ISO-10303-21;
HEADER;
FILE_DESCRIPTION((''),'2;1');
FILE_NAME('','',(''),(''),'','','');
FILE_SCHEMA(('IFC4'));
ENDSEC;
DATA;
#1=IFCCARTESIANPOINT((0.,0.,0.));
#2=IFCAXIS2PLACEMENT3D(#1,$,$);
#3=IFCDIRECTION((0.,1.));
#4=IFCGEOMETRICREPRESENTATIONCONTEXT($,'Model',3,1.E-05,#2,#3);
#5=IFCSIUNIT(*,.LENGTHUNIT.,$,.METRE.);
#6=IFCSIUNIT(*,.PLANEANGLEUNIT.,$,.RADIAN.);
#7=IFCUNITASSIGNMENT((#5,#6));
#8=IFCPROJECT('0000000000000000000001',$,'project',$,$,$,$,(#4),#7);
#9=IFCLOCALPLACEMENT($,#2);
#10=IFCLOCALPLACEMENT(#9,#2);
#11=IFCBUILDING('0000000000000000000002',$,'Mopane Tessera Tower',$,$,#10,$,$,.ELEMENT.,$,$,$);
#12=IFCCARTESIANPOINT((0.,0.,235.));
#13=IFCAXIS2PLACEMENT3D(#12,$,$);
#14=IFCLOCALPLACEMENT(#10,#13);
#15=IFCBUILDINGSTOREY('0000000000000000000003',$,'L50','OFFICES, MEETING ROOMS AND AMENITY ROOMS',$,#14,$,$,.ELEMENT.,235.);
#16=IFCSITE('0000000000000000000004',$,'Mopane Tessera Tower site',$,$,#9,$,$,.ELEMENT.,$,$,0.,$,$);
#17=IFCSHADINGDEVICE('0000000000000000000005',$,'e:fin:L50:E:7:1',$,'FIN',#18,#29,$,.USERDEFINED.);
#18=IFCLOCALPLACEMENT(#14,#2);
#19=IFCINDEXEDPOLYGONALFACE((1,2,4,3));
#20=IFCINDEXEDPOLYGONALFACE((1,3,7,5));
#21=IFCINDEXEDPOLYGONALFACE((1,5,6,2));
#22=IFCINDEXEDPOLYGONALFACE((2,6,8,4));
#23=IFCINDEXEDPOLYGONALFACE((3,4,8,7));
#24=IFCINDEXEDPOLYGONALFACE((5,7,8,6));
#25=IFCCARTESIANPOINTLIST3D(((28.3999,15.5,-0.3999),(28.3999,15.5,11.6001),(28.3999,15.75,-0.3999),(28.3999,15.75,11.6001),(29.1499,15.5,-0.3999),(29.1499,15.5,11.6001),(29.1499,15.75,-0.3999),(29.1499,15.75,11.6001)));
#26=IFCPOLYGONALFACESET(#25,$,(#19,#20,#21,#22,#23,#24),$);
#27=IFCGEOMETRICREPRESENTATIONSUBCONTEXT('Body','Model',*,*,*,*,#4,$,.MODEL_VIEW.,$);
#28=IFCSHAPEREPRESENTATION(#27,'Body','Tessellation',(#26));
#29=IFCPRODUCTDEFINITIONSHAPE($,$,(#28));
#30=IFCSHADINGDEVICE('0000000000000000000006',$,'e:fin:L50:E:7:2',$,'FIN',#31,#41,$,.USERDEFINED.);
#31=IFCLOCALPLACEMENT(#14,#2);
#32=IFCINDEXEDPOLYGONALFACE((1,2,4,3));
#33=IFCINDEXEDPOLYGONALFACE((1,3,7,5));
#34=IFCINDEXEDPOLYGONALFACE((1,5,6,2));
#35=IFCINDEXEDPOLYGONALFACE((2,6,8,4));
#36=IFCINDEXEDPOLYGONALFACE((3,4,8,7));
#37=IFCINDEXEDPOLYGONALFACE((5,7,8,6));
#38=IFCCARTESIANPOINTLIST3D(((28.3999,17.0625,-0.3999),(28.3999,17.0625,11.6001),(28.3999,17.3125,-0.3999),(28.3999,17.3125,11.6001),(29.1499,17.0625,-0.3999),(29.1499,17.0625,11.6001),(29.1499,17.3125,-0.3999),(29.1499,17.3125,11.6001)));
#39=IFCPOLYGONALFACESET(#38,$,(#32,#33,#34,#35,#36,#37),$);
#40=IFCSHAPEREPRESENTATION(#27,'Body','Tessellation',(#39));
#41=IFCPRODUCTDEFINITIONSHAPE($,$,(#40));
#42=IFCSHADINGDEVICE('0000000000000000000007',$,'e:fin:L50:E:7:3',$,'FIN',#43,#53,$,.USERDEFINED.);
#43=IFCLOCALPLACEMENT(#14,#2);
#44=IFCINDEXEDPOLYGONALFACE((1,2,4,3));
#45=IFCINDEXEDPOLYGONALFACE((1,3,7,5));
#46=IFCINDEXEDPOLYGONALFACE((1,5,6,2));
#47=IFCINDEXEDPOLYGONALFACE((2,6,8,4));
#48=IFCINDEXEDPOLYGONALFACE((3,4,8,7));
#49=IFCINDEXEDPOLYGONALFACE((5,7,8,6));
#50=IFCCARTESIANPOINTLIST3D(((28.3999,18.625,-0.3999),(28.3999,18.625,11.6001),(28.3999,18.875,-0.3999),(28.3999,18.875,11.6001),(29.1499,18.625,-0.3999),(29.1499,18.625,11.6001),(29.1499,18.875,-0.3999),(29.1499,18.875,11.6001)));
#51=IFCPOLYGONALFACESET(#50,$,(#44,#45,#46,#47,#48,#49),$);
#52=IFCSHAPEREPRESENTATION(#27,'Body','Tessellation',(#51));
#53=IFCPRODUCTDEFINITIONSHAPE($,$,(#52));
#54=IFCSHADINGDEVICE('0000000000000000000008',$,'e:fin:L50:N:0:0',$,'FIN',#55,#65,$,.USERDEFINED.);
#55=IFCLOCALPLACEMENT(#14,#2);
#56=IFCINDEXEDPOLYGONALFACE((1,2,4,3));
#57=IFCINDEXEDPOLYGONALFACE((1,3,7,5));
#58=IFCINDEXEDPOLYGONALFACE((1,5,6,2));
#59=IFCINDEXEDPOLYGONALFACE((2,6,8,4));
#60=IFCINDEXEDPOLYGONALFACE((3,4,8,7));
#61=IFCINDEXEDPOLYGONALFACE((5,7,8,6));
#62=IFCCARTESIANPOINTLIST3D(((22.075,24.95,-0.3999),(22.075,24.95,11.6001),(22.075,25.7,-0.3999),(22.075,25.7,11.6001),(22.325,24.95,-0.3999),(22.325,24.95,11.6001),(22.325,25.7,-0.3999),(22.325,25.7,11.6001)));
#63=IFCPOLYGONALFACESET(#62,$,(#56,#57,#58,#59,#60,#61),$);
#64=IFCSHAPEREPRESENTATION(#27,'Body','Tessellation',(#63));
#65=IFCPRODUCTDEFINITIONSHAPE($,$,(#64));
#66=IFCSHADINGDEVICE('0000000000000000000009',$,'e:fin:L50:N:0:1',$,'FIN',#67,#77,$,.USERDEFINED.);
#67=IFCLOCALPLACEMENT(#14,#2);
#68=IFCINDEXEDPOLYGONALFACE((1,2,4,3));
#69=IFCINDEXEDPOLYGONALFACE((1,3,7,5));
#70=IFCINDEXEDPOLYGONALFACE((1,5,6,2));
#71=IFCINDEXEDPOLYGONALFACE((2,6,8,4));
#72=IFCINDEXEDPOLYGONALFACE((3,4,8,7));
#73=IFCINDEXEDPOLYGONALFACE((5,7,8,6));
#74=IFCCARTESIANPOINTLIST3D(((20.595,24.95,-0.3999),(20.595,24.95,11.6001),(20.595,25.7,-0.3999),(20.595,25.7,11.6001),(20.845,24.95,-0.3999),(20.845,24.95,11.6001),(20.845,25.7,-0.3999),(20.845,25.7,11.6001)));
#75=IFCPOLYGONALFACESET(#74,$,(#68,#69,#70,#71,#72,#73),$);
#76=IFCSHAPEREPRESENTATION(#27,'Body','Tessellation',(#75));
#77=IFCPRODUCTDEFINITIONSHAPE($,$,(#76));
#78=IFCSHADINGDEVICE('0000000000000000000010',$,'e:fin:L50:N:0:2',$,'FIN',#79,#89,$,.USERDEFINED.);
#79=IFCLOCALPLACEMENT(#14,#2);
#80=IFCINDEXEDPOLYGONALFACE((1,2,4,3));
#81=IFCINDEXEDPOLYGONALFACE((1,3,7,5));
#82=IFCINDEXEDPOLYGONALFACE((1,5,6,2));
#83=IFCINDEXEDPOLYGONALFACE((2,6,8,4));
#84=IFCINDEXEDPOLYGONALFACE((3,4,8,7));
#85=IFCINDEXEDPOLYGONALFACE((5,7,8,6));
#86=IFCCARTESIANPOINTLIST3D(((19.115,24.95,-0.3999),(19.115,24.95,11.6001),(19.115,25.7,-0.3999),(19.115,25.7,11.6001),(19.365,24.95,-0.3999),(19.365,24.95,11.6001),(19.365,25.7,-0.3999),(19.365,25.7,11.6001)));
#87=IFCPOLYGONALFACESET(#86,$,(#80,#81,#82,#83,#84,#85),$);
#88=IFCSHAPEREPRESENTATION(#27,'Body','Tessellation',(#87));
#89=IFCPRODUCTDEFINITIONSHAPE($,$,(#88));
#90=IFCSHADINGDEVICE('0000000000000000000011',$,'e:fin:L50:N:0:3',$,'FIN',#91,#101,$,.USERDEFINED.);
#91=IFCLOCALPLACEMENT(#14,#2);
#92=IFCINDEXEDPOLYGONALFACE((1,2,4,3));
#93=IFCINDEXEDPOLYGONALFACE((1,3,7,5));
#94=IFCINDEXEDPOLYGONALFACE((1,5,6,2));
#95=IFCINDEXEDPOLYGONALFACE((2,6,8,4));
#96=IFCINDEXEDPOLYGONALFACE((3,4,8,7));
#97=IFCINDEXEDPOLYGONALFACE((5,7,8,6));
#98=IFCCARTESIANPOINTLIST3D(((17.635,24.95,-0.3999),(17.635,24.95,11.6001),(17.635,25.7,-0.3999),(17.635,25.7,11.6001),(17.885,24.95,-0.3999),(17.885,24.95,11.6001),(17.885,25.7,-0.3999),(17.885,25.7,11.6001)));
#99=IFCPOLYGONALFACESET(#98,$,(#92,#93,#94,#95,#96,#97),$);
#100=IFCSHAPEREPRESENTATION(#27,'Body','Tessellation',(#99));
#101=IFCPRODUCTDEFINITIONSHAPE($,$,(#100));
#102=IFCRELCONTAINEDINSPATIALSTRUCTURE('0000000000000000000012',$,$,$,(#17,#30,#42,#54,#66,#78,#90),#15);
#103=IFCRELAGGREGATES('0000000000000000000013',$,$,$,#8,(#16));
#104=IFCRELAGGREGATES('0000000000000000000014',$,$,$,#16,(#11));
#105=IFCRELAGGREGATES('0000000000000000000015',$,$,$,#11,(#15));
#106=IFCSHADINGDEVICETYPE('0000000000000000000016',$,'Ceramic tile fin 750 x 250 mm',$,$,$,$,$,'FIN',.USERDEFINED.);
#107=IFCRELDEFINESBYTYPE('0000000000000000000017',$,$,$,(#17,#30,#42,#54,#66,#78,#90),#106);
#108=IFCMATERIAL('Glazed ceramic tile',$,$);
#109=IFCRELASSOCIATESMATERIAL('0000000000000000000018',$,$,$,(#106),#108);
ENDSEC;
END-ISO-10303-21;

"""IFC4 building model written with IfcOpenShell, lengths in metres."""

from ifc_helpers import new_model, si_unit, direction, frame, origin, origin_2d, place, context, subcontext, project, spatial, rectangle, extrude, material, type_object, element, save


model = new_model("IFC4")

# Units and contexts
model_context = context("Model", 3, precision=1e-05, world=origin(), true_north=direction((0.0, 1.0)))
body_context = subcontext(model_context, "Body", "Model", "MODEL_VIEW")
ifc_project = project(units=[si_unit("LENGTHUNIT", "METRE"), si_unit("PLANEANGLEUNIT", "RADIAN")], contexts=[model_context])

# Site, building, storey
site_placement = place(None, origin())
site = spatial("IfcSite", under=ifc_project, at=site_placement, Name="Mopane Tessera Tower site", CompositionType="ELEMENT", RefElevation=0.0)
building_placement = place(site_placement, origin())
building = spatial("IfcBuilding", under=site, at=building_placement, Name="Mopane Tessera Tower", CompositionType="ELEMENT")
storey_placement = place(building_placement, frame((0.0, 0.0, 235.0)))
storey = spatial("IfcBuildingStorey", under=building, at=storey_placement, Name="L50", Description="OFFICES, MEETING ROOMS AND AMENITY ROOMS", CompositionType="ELEMENT", Elevation=235.0)

# Shading devices
ifc_material_1 = material(Name="Glazed ceramic tile")
shading_device_type = type_object("IfcShadingDeviceType", Name="Ceramic tile fin 750 x 250 mm", ElementType="FIN", PredefinedType="USERDEFINED", material=ifc_material_1)
for number, where, z_axis, x_axis, name in (
    (1, (28.7749, 15.625, -0.3999), (0.0, 0.0, 1.0), (0.0, 1.0, 0.0), "e:fin:L50:E:7:1"),
    (2, (28.7749, 17.1875, -0.3999), (0.0, 0.0, 1.0), (0.0, 1.0, 0.0), "e:fin:L50:E:7:2"),
    (3, (28.7749, 18.75, -0.3999), (0.0, 0.0, 1.0), (0.0, 1.0, 0.0), "e:fin:L50:E:7:3"),
    (4, (22.2, 25.325, -0.3999), (0.0, 0.0, 1.0), (-1.0, 0.0, 0.0), "e:fin:L50:N:0:0"),
    (5, (20.72, 25.325, -0.3999), (0.0, 0.0, 1.0), (-1.0, 0.0, 0.0), "e:fin:L50:N:0:1"),
    (6, (19.24, 25.325, -0.3999), (0.0, 0.0, 1.0), (-1.0, 0.0, 0.0), "e:fin:L50:N:0:2"),
    (7, (17.76, 25.325, -0.3999), (0.0, 0.0, 1.0), (-1.0, 0.0, 0.0), "e:fin:L50:N:0:3"),
):
    element("IfcShadingDevice", number, at=place(storey_placement, frame(where, z_axis=z_axis, x_axis=x_axis)), inside=storey, type_object=shading_device_type, Name=name, ObjectType="FIN", PredefinedType="USERDEFINED", context=body_context, shape_type="SweptSolid", body=[
        extrude(rectangle(XDim=0.25, YDim=0.75, at=origin_2d()), origin(), (0.0, 0.0, 1.0), 12.0),
    ])

save(model, "model.ifc")
